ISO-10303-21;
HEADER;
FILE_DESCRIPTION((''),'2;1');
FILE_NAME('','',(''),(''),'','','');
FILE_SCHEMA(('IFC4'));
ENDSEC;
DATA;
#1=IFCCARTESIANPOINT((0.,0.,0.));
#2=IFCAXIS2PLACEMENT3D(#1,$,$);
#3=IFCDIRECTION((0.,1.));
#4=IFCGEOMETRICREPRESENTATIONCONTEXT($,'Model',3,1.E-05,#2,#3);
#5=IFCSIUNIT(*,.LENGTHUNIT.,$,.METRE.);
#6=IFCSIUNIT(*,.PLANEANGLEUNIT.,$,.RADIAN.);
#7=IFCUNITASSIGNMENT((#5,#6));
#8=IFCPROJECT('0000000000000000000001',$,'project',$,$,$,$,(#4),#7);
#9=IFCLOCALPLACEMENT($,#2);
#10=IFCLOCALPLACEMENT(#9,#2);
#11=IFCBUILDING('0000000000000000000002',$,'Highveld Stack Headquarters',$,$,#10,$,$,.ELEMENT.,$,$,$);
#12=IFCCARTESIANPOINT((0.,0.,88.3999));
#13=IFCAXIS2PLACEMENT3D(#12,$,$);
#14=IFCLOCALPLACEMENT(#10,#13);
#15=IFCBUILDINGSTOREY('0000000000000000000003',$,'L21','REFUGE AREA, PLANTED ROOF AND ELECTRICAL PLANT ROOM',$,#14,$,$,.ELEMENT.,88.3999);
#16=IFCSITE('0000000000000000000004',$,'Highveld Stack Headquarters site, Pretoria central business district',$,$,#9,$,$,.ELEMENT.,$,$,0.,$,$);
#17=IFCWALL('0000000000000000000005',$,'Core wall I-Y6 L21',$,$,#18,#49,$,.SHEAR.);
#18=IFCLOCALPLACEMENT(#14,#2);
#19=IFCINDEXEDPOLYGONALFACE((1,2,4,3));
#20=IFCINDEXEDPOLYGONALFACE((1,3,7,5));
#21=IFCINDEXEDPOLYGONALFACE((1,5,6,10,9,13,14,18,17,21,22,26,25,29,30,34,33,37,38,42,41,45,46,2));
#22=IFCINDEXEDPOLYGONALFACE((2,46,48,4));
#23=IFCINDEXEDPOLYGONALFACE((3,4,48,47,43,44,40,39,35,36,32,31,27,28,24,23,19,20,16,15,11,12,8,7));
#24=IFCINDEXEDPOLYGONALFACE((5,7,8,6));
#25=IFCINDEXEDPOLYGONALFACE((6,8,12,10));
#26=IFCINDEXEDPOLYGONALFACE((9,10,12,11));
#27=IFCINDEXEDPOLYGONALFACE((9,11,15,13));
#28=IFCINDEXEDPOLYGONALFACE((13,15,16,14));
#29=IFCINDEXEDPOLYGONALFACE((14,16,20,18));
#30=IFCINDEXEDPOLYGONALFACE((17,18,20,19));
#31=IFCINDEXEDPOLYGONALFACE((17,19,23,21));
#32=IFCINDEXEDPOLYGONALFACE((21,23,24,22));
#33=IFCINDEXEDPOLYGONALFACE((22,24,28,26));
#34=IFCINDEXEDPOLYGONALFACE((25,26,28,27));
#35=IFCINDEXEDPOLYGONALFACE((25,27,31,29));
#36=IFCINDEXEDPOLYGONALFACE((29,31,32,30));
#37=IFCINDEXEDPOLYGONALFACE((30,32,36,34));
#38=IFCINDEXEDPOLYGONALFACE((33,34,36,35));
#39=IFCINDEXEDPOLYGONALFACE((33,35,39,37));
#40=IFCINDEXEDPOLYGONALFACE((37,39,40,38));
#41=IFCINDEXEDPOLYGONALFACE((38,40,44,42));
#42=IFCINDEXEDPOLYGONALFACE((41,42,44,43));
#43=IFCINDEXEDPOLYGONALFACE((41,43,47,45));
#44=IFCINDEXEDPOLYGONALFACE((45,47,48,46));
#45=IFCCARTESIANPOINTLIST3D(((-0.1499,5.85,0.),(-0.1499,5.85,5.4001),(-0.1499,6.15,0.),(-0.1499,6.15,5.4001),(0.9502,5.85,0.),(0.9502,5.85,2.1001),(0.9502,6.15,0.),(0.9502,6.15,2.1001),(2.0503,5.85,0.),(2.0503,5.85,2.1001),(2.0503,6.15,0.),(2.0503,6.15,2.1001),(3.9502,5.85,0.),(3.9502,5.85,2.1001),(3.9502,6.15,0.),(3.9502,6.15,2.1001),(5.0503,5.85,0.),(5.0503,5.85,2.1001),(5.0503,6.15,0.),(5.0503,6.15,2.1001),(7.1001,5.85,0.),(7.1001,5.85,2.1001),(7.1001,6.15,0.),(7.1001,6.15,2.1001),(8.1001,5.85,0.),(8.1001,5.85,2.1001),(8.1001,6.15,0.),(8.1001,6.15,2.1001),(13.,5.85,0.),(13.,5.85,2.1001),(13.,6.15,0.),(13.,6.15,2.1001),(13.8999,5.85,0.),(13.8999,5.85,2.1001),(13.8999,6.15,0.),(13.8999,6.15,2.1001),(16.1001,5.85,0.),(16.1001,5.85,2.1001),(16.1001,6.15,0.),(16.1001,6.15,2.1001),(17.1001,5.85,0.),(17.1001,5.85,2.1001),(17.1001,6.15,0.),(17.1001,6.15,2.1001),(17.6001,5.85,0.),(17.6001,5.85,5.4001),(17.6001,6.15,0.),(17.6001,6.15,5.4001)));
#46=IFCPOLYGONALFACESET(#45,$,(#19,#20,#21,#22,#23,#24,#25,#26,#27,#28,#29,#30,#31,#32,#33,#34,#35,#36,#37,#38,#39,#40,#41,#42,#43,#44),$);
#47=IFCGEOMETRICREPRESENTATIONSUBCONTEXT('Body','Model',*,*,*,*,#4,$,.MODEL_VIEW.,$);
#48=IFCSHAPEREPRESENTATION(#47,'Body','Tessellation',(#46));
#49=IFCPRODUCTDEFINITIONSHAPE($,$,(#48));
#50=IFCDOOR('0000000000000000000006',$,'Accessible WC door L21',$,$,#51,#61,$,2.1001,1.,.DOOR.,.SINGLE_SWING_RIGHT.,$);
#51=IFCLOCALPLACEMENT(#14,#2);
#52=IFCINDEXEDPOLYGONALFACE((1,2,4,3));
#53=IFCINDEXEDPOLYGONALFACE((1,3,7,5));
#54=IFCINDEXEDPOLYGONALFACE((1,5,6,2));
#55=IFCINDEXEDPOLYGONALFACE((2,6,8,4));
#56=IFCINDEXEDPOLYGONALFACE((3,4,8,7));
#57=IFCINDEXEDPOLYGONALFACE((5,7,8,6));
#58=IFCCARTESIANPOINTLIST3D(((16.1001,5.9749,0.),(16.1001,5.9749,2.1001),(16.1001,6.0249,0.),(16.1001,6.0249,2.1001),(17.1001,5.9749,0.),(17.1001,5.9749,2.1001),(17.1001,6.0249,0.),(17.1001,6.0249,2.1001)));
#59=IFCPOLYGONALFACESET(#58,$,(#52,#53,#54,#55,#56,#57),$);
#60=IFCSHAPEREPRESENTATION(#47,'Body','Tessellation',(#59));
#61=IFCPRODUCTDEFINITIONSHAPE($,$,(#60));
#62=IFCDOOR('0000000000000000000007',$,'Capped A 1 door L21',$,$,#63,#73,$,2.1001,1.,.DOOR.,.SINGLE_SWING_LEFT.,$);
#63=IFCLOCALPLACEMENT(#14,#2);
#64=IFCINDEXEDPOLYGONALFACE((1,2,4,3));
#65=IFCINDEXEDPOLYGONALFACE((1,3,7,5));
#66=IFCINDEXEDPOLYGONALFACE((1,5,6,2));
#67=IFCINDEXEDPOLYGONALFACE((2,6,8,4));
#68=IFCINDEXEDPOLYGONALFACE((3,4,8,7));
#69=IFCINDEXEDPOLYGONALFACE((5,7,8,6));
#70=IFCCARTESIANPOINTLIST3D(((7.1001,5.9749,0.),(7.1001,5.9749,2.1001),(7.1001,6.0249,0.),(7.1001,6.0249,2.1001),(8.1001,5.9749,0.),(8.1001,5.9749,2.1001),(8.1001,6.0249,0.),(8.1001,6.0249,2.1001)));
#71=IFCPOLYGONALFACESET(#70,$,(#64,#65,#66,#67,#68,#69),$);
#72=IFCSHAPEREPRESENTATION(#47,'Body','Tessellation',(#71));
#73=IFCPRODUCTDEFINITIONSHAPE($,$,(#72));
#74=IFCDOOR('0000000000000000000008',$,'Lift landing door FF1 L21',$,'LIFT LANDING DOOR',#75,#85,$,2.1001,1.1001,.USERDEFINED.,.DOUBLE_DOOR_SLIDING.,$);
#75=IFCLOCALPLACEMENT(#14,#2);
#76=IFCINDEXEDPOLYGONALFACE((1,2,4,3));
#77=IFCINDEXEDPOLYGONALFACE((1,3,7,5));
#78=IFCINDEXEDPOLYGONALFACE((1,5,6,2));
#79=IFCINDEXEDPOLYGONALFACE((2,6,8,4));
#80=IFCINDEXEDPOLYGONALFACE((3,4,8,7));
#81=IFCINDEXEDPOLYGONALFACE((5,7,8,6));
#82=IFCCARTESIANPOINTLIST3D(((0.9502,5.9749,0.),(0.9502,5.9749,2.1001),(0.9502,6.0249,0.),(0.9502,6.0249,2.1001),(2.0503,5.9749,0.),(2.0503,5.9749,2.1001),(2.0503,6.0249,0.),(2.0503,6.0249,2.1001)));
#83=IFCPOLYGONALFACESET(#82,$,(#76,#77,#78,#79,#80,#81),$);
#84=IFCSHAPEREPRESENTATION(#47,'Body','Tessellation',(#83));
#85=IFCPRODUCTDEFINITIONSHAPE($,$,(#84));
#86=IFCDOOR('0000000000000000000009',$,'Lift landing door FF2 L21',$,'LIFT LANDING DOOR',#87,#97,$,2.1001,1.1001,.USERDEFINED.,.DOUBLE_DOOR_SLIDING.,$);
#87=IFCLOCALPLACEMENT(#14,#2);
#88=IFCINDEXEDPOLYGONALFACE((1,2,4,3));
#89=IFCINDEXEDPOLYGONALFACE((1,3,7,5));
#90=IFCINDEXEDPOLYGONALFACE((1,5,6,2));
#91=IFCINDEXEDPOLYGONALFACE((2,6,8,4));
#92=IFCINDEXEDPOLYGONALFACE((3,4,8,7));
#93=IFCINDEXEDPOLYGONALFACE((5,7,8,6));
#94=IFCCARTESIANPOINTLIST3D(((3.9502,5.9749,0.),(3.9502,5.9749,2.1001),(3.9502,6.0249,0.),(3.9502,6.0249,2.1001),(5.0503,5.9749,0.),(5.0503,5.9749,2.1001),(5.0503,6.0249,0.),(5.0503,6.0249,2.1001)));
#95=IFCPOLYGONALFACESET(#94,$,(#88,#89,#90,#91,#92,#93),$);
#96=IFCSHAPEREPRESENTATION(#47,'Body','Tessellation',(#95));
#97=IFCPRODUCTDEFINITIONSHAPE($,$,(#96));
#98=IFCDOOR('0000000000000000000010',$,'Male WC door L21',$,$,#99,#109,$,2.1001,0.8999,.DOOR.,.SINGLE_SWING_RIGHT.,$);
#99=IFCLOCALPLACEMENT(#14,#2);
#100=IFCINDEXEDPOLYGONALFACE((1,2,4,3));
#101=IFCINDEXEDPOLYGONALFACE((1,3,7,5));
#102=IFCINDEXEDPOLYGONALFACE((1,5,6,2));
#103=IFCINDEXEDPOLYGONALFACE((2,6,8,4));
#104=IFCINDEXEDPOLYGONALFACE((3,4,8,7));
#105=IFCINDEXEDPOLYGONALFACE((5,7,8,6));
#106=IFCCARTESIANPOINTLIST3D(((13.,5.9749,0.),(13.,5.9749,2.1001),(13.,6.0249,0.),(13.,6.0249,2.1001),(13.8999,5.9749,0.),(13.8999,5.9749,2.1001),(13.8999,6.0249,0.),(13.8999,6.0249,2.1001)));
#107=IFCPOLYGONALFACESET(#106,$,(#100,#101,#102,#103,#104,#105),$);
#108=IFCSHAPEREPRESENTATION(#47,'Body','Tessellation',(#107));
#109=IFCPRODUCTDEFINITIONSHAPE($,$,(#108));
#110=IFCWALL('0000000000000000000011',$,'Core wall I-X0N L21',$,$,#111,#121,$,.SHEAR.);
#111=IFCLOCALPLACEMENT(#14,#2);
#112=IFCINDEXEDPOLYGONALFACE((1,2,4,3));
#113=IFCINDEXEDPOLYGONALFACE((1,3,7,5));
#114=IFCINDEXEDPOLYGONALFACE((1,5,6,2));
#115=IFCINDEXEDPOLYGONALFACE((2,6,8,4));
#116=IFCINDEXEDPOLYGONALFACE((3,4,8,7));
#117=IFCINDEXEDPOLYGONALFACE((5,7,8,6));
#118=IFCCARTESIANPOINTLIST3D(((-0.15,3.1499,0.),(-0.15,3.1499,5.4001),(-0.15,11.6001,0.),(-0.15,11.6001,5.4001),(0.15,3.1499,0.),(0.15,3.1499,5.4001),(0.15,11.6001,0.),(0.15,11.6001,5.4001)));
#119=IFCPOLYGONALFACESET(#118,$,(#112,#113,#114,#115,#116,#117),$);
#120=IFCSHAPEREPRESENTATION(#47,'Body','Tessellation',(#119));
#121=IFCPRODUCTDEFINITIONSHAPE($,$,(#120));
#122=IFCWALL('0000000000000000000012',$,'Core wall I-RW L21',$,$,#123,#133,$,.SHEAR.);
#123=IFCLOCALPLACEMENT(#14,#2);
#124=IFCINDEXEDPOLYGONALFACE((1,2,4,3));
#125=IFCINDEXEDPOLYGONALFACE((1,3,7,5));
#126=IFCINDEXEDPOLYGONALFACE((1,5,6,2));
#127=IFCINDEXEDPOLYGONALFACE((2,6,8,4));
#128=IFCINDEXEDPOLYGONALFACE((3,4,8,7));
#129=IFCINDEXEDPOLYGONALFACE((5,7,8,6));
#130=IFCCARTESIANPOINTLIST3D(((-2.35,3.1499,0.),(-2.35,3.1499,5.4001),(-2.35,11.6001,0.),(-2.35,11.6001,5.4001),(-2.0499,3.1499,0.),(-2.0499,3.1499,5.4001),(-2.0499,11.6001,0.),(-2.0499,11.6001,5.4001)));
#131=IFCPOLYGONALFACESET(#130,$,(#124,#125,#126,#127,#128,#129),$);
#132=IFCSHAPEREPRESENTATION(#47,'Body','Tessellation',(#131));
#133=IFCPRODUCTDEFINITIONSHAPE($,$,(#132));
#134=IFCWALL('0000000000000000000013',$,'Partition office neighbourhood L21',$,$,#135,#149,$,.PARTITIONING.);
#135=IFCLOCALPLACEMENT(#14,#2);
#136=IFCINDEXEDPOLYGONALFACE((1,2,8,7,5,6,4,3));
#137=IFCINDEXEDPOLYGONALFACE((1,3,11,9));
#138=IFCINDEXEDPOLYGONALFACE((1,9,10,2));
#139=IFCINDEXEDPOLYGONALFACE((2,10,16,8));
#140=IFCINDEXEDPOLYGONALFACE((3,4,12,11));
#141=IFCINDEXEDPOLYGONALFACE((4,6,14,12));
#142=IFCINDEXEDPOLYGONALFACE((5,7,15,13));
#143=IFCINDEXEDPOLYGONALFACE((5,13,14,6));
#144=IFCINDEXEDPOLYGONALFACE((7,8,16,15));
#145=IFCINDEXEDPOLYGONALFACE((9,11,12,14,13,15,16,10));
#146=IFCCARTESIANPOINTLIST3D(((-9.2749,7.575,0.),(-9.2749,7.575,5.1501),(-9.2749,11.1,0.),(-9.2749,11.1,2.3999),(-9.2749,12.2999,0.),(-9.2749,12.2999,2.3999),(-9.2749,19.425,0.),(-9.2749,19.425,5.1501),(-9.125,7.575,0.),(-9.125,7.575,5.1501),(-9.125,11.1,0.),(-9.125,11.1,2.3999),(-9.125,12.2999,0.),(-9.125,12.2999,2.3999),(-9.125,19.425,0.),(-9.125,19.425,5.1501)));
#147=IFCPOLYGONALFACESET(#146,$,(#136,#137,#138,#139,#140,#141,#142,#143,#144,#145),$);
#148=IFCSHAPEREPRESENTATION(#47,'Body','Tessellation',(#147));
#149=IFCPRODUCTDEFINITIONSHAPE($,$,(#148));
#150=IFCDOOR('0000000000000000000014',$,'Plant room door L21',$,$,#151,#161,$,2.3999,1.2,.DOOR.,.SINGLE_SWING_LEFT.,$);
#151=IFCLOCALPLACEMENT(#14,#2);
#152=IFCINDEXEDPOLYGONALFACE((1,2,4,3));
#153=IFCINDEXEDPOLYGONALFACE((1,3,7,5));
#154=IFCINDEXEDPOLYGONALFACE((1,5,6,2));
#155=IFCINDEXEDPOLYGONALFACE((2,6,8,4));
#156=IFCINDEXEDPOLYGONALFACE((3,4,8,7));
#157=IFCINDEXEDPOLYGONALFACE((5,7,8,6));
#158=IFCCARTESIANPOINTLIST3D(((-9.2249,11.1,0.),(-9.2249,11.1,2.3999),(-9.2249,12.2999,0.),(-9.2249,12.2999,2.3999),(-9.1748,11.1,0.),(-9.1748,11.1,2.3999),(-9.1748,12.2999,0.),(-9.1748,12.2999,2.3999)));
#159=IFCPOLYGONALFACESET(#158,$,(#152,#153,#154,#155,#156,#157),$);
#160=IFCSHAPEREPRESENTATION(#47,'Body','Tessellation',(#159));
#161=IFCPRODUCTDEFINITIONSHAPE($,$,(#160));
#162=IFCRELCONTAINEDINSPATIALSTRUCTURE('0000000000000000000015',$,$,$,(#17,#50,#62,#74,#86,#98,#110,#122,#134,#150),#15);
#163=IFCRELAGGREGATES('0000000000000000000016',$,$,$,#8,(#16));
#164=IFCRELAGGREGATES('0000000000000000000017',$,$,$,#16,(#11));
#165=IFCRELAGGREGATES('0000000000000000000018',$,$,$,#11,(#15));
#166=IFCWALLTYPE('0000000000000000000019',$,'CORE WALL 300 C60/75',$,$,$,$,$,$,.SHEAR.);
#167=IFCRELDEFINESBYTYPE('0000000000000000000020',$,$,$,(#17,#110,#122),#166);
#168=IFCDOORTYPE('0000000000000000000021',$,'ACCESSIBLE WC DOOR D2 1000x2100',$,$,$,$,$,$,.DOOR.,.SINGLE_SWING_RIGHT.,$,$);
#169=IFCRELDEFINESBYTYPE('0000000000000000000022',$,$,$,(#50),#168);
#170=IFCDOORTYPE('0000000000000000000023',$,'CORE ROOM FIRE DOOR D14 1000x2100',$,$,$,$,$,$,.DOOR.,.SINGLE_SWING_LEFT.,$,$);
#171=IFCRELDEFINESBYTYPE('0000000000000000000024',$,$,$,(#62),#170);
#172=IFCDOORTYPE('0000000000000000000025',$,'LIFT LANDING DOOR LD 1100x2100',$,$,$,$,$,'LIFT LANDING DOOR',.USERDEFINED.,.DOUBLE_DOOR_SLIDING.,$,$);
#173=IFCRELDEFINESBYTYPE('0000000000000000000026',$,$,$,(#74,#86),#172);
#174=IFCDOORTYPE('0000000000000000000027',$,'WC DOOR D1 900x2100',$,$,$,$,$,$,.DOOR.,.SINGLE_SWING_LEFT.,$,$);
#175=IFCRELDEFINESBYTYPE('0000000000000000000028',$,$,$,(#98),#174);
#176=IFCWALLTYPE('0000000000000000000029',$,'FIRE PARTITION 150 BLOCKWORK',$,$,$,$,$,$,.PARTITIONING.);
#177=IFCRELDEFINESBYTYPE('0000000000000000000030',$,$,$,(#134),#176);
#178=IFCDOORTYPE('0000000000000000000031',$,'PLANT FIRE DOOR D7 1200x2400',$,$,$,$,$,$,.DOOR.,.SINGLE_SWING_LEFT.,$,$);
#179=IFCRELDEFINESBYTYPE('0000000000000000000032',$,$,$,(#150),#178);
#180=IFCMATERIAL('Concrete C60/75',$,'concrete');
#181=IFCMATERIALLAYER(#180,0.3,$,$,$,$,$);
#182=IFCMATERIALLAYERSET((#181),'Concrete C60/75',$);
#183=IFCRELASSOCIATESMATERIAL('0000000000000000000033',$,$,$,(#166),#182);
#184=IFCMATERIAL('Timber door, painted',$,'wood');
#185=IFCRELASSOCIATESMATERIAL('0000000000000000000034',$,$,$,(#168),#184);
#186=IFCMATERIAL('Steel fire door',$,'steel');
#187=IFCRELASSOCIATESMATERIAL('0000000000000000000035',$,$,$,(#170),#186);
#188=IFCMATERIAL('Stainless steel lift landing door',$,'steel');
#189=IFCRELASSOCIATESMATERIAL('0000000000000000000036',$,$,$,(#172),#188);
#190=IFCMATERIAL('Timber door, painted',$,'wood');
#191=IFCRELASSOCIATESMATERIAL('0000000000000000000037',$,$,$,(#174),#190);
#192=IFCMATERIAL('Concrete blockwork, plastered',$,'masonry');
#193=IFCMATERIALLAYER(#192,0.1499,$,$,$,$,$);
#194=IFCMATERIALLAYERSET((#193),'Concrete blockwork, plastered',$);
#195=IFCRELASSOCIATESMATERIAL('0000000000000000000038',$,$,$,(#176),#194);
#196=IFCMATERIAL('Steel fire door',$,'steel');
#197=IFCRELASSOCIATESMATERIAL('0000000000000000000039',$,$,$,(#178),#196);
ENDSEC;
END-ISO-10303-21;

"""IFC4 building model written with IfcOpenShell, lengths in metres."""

from ifc_helpers import new_model, si_unit, direction, frame, frame_2d, origin, place, context, subcontext, project, spatial, rectangle, extrude, material, layer, layer_set, type_object, element, fill, save


model = new_model("IFC4")

# Units and contexts
model_context = context("Model", 3, precision=1e-05, world=origin(), true_north=direction((0.0, 1.0)))
body_context = subcontext(model_context, "Body", "Model", "MODEL_VIEW")
ifc_project = project(units=[si_unit("LENGTHUNIT", "METRE"), si_unit("PLANEANGLEUNIT", "RADIAN")], contexts=[model_context])

# Site, building, storey
site_placement = place(None, origin())
site = spatial("IfcSite", under=ifc_project, at=site_placement, Name="Highveld Stack Headquarters site, Pretoria central business district", CompositionType="ELEMENT", RefElevation=0.0)
building_placement = place(site_placement, origin())
building = spatial("IfcBuilding", under=site, at=building_placement, Name="Highveld Stack Headquarters", CompositionType="ELEMENT")
storey_placement = place(building_placement, frame((0.0, 0.0, 88.3999)))
storey = spatial("IfcBuildingStorey", under=building, at=storey_placement, Name="L21", Description="REFUGE AREA, PLANTED ROOF AND ELECTRICAL PLANT ROOM", CompositionType="ELEMENT", Elevation=88.3999)

# Wall, openings, doors
ifc_material_1 = material(Name="Concrete C60/75", Category="concrete")
ifc_layer_1 = layer(ifc_material_1, 0.3)
ifc_layer_set_1 = layer_set([ifc_layer_1], Name="Concrete C60/75")
wall_type_1 = type_object("IfcWallType", Name="CORE WALL 300 C60/75", PredefinedType="SHEAR", material=ifc_layer_set_1)
wall_1_placement = place(storey_placement, frame((-0.1499, 6.0, 0.0), z_axis=(0.0, 0.0, 1.0), x_axis=(1.0, 0.0, 0.0)))
wall_1 = element("IfcWall", 1, at=wall_1_placement, inside=storey, type_object=wall_type_1, Name="Core wall I-Y6 L21", PredefinedType="SHEAR", context=body_context, shape_type="SweptSolid", body=[
    extrude(rectangle(XDim=17.75, YDim=0.3, at=frame_2d((8.875, 0.0))), origin(), (0.0, 0.0, 1.0), 5.4001),
])
opening_1_placement = place(wall_1_placement, frame((13.1499, 0.0, 0.0)))
opening_1 = element("IfcOpeningElement", 2, at=opening_1_placement, cuts=wall_1, PredefinedType="OPENING", context=body_context, shape_type="SweptSolid", body=[
    extrude(rectangle(XDim=0.8999, YDim=2.1001, at=frame_2d((0.45, 1.05))), frame((0.0, 0.1599, 0.0), z_axis=(0.0, -1.0, 0.0), x_axis=(1.0, 0.0, 0.0)), (0.0, 0.0, 1.0), 0.3201),
])
opening_2_placement = place(wall_1_placement, frame((16.25, 0.0, 0.0)))
opening_2 = element("IfcOpeningElement", 3, at=opening_2_placement, cuts=wall_1, PredefinedType="OPENING", context=body_context, shape_type="SweptSolid", body=[
    extrude(rectangle(XDim=1.0, YDim=2.1001, at=frame_2d((0.5, 1.05))), frame((0.0, 0.1599, 0.0), z_axis=(0.0, -1.0, 0.0), x_axis=(1.0, 0.0, 0.0)), (0.0, 0.0, 1.0), 0.3201),
])
opening_3_placement = place(wall_1_placement, frame((7.25, 0.0, 0.0)))
opening_3 = element("IfcOpeningElement", 4, at=opening_3_placement, cuts=wall_1, PredefinedType="OPENING", context=body_context, shape_type="SweptSolid", body=[
    extrude(rectangle(XDim=1.0, YDim=2.1001, at=frame_2d((0.5, 1.05))), frame((0.0, 0.1599, 0.0), z_axis=(0.0, -1.0, 0.0), x_axis=(1.0, 0.0, 0.0)), (0.0, 0.0, 1.0), 0.3201),
])
opening_4_placement = place(wall_1_placement, frame((1.1001, 0.0, 0.0)))
opening_4 = element("IfcOpeningElement", 5, at=opening_4_placement, cuts=wall_1, PredefinedType="OPENING", context=body_context, shape_type="SweptSolid", body=[
    extrude(rectangle(XDim=1.1001, YDim=2.1001, at=frame_2d((0.55, 1.05))), frame((0.0, 0.1599, 0.0), z_axis=(0.0, -1.0, 0.0), x_axis=(1.0, 0.0, 0.0)), (0.0, 0.0, 1.0), 0.3201),
])
opening_5_placement = place(wall_1_placement, frame((4.1001, 0.0, 0.0)))
opening_5 = element("IfcOpeningElement", 6, at=opening_5_placement, cuts=wall_1, PredefinedType="OPENING", context=body_context, shape_type="SweptSolid", body=[
    extrude(rectangle(XDim=1.1001, YDim=2.1001, at=frame_2d((0.55, 1.05))), frame((0.0, 0.1599, 0.0), z_axis=(0.0, -1.0, 0.0), x_axis=(1.0, 0.0, 0.0)), (0.0, 0.0, 1.0), 0.3201),
])
ifc_material_2 = material(Name="Timber door, painted", Category="wood")
door_type_1 = type_object("IfcDoorType", Name="ACCESSIBLE WC DOOR D2 1000x2100", OperationType="SINGLE_SWING_RIGHT", PredefinedType="DOOR", material=ifc_material_2)
door_1_placement = place(opening_2_placement, origin())
door_1 = element("IfcDoor", 7, at=door_1_placement, inside=storey, type_object=door_type_1, Name="Accessible WC door L21", OperationType="SINGLE_SWING_RIGHT", OverallHeight=2.1001, OverallWidth=1.0, PredefinedType="DOOR", context=body_context, shape_type="SweptSolid", body=[
    extrude(rectangle(XDim=1.0, YDim=2.1001, at=frame_2d((0.5, 1.05))), frame((0.0, 0.0249, 0.0), z_axis=(0.0, -1.0, 0.0), x_axis=(1.0, 0.0, 0.0)), (0.0, 0.0, 1.0), 0.05),
])
fill(opening_2, door_1)
ifc_material_3 = material(Name="Steel fire door", Category="steel")
door_type_2 = type_object("IfcDoorType", Name="CORE ROOM FIRE DOOR D14 1000x2100", OperationType="SINGLE_SWING_LEFT", PredefinedType="DOOR", material=ifc_material_3)
door_2_placement = place(opening_3_placement, origin())
door_2 = element("IfcDoor", 8, at=door_2_placement, inside=storey, type_object=door_type_2, Name="Capped A 1 door L21", OperationType="SINGLE_SWING_LEFT", OverallHeight=2.1001, OverallWidth=1.0, PredefinedType="DOOR", context=body_context, shape_type="SweptSolid", body=[
    extrude(rectangle(XDim=1.0, YDim=2.1001, at=frame_2d((0.5, 1.05))), frame((0.0, 0.0249, 0.0), z_axis=(0.0, -1.0, 0.0), x_axis=(1.0, 0.0, 0.0)), (0.0, 0.0, 1.0), 0.05),
])
fill(opening_3, door_2)
ifc_material_4 = material(Name="Stainless steel lift landing door", Category="steel")
door_type_3 = type_object("IfcDoorType", Name="LIFT LANDING DOOR LD 1100x2100", ElementType="LIFT LANDING DOOR", OperationType="DOUBLE_DOOR_SLIDING", PredefinedType="USERDEFINED", material=ifc_material_4)
door_3_placement = place(opening_4_placement, origin())
door_3 = element("IfcDoor", 9, at=door_3_placement, inside=storey, type_object=door_type_3, Name="Lift landing door FF1 L21", ObjectType="LIFT LANDING DOOR", OperationType="DOUBLE_DOOR_SLIDING", OverallHeight=2.1001, OverallWidth=1.1001, PredefinedType="USERDEFINED", context=body_context, shape_type="SweptSolid", body=[
    extrude(rectangle(XDim=1.1001, YDim=2.1001, at=frame_2d((0.55, 1.05))), frame((0.0, 0.0249, 0.0), z_axis=(0.0, -1.0, 0.0), x_axis=(1.0, 0.0, 0.0)), (0.0, 0.0, 1.0), 0.05),
])
fill(opening_4, door_3)
door_4_placement = place(opening_5_placement, origin())
door_4 = element("IfcDoor", 10, at=door_4_placement, inside=storey, type_object=door_type_3, Name="Lift landing door FF2 L21", ObjectType="LIFT LANDING DOOR", OperationType="DOUBLE_DOOR_SLIDING", OverallHeight=2.1001, OverallWidth=1.1001, PredefinedType="USERDEFINED", context=body_context, shape_type="SweptSolid", body=[
    extrude(rectangle(XDim=1.1001, YDim=2.1001, at=frame_2d((0.55, 1.05))), frame((0.0, 0.0249, 0.0), z_axis=(0.0, -1.0, 0.0), x_axis=(1.0, 0.0, 0.0)), (0.0, 0.0, 1.0), 0.05),
])
fill(opening_5, door_4)
ifc_material_5 = material(Name="Timber door, painted", Category="wood")
door_type_4 = type_object("IfcDoorType", Name="WC DOOR D1 900x2100", OperationType="SINGLE_SWING_LEFT", PredefinedType="DOOR", material=ifc_material_5)
door_5_placement = place(opening_1_placement, origin())
door_5 = element("IfcDoor", 11, at=door_5_placement, inside=storey, type_object=door_type_4, Name="Male WC door L21", OperationType="SINGLE_SWING_RIGHT", OverallHeight=2.1001, OverallWidth=0.8999, PredefinedType="DOOR", context=body_context, shape_type="SweptSolid", body=[
    extrude(rectangle(XDim=0.8999, YDim=2.1001, at=frame_2d((0.45, 1.05))), frame((0.0, 0.0249, 0.0), z_axis=(0.0, -1.0, 0.0), x_axis=(1.0, 0.0, 0.0)), (0.0, 0.0, 1.0), 0.05),
])
fill(opening_1, door_5)

# Walls
for number, where, z_axis, x_axis, name in (
    (12, (0.0, 3.1499, 0.0), (0.0, 0.0, 1.0), (0.0, 1.0, 0.0), "Core wall I-X0N L21"),
    (13, (-2.2, 3.1499, 0.0), (0.0, 0.0, 1.0), (0.0, 1.0, 0.0), "Core wall I-RW L21"),
):
    element("IfcWall", number, at=place(storey_placement, frame(where, z_axis=z_axis, x_axis=x_axis)), inside=storey, type_object=wall_type_1, Name=name, PredefinedType="SHEAR", context=body_context, shape_type="SweptSolid", body=[
        extrude(rectangle(XDim=8.4502, YDim=0.3, at=frame_2d((4.2251, 0.0))), origin(), (0.0, 0.0, 1.0), 5.4001),
    ])

# Wall, opening, door
ifc_material_6 = material(Name="Concrete blockwork, plastered", Category="masonry")
ifc_layer_2 = layer(ifc_material_6, 0.1499)
ifc_layer_set_2 = layer_set([ifc_layer_2], Name="Concrete blockwork, plastered")
wall_type_2 = type_object("IfcWallType", Name="FIRE PARTITION 150 BLOCKWORK", PredefinedType="PARTITIONING", material=ifc_layer_set_2)
wall_2_placement = place(storey_placement, frame((-9.2, 7.575, 0.0), z_axis=(0.0, 0.0, 1.0), x_axis=(0.0, 1.0, 0.0)))
wall_2 = element("IfcWall", 14, at=wall_2_placement, inside=storey, type_object=wall_type_2, Name="Partition office neighbourhood L21", PredefinedType="PARTITIONING", context=body_context, shape_type="SweptSolid", body=[
    extrude(rectangle(XDim=11.8501, YDim=0.1499, at=frame_2d((5.925, 0.0))), origin(), (0.0, 0.0, 1.0), 5.1501),
])
opening_6_placement = place(wall_2_placement, frame((3.5249, 0.0, 0.0)))
opening_6 = element("IfcOpeningElement", 15, at=opening_6_placement, cuts=wall_2, PredefinedType="OPENING", context=body_context, shape_type="SweptSolid", body=[
    extrude(rectangle(XDim=1.2, YDim=2.3999, at=frame_2d((0.6001, 1.2))), frame((0.0, 0.085, 0.0), z_axis=(0.0, -1.0, 0.0), x_axis=(1.0, 0.0, 0.0)), (0.0, 0.0, 1.0), 0.1699),
])
ifc_material_7 = material(Name="Steel fire door", Category="steel")
door_type_5 = type_object("IfcDoorType", Name="PLANT FIRE DOOR D7 1200x2400", OperationType="SINGLE_SWING_LEFT", PredefinedType="DOOR", material=ifc_material_7)
door_6_placement = place(opening_6_placement, origin())
door_6 = element("IfcDoor", 16, at=door_6_placement, inside=storey, type_object=door_type_5, Name="Plant room door L21", OperationType="SINGLE_SWING_LEFT", OverallHeight=2.3999, OverallWidth=1.2, PredefinedType="DOOR", context=body_context, shape_type="SweptSolid", body=[
    extrude(rectangle(XDim=1.2, YDim=2.3999, at=frame_2d((0.6001, 1.2))), frame((0.0, 0.0249, 0.0), z_axis=(0.0, -1.0, 0.0), x_axis=(1.0, 0.0, 0.0)), (0.0, 0.0, 1.0), 0.05),
])
fill(opening_6, door_6)

save(model, "model.ifc")
